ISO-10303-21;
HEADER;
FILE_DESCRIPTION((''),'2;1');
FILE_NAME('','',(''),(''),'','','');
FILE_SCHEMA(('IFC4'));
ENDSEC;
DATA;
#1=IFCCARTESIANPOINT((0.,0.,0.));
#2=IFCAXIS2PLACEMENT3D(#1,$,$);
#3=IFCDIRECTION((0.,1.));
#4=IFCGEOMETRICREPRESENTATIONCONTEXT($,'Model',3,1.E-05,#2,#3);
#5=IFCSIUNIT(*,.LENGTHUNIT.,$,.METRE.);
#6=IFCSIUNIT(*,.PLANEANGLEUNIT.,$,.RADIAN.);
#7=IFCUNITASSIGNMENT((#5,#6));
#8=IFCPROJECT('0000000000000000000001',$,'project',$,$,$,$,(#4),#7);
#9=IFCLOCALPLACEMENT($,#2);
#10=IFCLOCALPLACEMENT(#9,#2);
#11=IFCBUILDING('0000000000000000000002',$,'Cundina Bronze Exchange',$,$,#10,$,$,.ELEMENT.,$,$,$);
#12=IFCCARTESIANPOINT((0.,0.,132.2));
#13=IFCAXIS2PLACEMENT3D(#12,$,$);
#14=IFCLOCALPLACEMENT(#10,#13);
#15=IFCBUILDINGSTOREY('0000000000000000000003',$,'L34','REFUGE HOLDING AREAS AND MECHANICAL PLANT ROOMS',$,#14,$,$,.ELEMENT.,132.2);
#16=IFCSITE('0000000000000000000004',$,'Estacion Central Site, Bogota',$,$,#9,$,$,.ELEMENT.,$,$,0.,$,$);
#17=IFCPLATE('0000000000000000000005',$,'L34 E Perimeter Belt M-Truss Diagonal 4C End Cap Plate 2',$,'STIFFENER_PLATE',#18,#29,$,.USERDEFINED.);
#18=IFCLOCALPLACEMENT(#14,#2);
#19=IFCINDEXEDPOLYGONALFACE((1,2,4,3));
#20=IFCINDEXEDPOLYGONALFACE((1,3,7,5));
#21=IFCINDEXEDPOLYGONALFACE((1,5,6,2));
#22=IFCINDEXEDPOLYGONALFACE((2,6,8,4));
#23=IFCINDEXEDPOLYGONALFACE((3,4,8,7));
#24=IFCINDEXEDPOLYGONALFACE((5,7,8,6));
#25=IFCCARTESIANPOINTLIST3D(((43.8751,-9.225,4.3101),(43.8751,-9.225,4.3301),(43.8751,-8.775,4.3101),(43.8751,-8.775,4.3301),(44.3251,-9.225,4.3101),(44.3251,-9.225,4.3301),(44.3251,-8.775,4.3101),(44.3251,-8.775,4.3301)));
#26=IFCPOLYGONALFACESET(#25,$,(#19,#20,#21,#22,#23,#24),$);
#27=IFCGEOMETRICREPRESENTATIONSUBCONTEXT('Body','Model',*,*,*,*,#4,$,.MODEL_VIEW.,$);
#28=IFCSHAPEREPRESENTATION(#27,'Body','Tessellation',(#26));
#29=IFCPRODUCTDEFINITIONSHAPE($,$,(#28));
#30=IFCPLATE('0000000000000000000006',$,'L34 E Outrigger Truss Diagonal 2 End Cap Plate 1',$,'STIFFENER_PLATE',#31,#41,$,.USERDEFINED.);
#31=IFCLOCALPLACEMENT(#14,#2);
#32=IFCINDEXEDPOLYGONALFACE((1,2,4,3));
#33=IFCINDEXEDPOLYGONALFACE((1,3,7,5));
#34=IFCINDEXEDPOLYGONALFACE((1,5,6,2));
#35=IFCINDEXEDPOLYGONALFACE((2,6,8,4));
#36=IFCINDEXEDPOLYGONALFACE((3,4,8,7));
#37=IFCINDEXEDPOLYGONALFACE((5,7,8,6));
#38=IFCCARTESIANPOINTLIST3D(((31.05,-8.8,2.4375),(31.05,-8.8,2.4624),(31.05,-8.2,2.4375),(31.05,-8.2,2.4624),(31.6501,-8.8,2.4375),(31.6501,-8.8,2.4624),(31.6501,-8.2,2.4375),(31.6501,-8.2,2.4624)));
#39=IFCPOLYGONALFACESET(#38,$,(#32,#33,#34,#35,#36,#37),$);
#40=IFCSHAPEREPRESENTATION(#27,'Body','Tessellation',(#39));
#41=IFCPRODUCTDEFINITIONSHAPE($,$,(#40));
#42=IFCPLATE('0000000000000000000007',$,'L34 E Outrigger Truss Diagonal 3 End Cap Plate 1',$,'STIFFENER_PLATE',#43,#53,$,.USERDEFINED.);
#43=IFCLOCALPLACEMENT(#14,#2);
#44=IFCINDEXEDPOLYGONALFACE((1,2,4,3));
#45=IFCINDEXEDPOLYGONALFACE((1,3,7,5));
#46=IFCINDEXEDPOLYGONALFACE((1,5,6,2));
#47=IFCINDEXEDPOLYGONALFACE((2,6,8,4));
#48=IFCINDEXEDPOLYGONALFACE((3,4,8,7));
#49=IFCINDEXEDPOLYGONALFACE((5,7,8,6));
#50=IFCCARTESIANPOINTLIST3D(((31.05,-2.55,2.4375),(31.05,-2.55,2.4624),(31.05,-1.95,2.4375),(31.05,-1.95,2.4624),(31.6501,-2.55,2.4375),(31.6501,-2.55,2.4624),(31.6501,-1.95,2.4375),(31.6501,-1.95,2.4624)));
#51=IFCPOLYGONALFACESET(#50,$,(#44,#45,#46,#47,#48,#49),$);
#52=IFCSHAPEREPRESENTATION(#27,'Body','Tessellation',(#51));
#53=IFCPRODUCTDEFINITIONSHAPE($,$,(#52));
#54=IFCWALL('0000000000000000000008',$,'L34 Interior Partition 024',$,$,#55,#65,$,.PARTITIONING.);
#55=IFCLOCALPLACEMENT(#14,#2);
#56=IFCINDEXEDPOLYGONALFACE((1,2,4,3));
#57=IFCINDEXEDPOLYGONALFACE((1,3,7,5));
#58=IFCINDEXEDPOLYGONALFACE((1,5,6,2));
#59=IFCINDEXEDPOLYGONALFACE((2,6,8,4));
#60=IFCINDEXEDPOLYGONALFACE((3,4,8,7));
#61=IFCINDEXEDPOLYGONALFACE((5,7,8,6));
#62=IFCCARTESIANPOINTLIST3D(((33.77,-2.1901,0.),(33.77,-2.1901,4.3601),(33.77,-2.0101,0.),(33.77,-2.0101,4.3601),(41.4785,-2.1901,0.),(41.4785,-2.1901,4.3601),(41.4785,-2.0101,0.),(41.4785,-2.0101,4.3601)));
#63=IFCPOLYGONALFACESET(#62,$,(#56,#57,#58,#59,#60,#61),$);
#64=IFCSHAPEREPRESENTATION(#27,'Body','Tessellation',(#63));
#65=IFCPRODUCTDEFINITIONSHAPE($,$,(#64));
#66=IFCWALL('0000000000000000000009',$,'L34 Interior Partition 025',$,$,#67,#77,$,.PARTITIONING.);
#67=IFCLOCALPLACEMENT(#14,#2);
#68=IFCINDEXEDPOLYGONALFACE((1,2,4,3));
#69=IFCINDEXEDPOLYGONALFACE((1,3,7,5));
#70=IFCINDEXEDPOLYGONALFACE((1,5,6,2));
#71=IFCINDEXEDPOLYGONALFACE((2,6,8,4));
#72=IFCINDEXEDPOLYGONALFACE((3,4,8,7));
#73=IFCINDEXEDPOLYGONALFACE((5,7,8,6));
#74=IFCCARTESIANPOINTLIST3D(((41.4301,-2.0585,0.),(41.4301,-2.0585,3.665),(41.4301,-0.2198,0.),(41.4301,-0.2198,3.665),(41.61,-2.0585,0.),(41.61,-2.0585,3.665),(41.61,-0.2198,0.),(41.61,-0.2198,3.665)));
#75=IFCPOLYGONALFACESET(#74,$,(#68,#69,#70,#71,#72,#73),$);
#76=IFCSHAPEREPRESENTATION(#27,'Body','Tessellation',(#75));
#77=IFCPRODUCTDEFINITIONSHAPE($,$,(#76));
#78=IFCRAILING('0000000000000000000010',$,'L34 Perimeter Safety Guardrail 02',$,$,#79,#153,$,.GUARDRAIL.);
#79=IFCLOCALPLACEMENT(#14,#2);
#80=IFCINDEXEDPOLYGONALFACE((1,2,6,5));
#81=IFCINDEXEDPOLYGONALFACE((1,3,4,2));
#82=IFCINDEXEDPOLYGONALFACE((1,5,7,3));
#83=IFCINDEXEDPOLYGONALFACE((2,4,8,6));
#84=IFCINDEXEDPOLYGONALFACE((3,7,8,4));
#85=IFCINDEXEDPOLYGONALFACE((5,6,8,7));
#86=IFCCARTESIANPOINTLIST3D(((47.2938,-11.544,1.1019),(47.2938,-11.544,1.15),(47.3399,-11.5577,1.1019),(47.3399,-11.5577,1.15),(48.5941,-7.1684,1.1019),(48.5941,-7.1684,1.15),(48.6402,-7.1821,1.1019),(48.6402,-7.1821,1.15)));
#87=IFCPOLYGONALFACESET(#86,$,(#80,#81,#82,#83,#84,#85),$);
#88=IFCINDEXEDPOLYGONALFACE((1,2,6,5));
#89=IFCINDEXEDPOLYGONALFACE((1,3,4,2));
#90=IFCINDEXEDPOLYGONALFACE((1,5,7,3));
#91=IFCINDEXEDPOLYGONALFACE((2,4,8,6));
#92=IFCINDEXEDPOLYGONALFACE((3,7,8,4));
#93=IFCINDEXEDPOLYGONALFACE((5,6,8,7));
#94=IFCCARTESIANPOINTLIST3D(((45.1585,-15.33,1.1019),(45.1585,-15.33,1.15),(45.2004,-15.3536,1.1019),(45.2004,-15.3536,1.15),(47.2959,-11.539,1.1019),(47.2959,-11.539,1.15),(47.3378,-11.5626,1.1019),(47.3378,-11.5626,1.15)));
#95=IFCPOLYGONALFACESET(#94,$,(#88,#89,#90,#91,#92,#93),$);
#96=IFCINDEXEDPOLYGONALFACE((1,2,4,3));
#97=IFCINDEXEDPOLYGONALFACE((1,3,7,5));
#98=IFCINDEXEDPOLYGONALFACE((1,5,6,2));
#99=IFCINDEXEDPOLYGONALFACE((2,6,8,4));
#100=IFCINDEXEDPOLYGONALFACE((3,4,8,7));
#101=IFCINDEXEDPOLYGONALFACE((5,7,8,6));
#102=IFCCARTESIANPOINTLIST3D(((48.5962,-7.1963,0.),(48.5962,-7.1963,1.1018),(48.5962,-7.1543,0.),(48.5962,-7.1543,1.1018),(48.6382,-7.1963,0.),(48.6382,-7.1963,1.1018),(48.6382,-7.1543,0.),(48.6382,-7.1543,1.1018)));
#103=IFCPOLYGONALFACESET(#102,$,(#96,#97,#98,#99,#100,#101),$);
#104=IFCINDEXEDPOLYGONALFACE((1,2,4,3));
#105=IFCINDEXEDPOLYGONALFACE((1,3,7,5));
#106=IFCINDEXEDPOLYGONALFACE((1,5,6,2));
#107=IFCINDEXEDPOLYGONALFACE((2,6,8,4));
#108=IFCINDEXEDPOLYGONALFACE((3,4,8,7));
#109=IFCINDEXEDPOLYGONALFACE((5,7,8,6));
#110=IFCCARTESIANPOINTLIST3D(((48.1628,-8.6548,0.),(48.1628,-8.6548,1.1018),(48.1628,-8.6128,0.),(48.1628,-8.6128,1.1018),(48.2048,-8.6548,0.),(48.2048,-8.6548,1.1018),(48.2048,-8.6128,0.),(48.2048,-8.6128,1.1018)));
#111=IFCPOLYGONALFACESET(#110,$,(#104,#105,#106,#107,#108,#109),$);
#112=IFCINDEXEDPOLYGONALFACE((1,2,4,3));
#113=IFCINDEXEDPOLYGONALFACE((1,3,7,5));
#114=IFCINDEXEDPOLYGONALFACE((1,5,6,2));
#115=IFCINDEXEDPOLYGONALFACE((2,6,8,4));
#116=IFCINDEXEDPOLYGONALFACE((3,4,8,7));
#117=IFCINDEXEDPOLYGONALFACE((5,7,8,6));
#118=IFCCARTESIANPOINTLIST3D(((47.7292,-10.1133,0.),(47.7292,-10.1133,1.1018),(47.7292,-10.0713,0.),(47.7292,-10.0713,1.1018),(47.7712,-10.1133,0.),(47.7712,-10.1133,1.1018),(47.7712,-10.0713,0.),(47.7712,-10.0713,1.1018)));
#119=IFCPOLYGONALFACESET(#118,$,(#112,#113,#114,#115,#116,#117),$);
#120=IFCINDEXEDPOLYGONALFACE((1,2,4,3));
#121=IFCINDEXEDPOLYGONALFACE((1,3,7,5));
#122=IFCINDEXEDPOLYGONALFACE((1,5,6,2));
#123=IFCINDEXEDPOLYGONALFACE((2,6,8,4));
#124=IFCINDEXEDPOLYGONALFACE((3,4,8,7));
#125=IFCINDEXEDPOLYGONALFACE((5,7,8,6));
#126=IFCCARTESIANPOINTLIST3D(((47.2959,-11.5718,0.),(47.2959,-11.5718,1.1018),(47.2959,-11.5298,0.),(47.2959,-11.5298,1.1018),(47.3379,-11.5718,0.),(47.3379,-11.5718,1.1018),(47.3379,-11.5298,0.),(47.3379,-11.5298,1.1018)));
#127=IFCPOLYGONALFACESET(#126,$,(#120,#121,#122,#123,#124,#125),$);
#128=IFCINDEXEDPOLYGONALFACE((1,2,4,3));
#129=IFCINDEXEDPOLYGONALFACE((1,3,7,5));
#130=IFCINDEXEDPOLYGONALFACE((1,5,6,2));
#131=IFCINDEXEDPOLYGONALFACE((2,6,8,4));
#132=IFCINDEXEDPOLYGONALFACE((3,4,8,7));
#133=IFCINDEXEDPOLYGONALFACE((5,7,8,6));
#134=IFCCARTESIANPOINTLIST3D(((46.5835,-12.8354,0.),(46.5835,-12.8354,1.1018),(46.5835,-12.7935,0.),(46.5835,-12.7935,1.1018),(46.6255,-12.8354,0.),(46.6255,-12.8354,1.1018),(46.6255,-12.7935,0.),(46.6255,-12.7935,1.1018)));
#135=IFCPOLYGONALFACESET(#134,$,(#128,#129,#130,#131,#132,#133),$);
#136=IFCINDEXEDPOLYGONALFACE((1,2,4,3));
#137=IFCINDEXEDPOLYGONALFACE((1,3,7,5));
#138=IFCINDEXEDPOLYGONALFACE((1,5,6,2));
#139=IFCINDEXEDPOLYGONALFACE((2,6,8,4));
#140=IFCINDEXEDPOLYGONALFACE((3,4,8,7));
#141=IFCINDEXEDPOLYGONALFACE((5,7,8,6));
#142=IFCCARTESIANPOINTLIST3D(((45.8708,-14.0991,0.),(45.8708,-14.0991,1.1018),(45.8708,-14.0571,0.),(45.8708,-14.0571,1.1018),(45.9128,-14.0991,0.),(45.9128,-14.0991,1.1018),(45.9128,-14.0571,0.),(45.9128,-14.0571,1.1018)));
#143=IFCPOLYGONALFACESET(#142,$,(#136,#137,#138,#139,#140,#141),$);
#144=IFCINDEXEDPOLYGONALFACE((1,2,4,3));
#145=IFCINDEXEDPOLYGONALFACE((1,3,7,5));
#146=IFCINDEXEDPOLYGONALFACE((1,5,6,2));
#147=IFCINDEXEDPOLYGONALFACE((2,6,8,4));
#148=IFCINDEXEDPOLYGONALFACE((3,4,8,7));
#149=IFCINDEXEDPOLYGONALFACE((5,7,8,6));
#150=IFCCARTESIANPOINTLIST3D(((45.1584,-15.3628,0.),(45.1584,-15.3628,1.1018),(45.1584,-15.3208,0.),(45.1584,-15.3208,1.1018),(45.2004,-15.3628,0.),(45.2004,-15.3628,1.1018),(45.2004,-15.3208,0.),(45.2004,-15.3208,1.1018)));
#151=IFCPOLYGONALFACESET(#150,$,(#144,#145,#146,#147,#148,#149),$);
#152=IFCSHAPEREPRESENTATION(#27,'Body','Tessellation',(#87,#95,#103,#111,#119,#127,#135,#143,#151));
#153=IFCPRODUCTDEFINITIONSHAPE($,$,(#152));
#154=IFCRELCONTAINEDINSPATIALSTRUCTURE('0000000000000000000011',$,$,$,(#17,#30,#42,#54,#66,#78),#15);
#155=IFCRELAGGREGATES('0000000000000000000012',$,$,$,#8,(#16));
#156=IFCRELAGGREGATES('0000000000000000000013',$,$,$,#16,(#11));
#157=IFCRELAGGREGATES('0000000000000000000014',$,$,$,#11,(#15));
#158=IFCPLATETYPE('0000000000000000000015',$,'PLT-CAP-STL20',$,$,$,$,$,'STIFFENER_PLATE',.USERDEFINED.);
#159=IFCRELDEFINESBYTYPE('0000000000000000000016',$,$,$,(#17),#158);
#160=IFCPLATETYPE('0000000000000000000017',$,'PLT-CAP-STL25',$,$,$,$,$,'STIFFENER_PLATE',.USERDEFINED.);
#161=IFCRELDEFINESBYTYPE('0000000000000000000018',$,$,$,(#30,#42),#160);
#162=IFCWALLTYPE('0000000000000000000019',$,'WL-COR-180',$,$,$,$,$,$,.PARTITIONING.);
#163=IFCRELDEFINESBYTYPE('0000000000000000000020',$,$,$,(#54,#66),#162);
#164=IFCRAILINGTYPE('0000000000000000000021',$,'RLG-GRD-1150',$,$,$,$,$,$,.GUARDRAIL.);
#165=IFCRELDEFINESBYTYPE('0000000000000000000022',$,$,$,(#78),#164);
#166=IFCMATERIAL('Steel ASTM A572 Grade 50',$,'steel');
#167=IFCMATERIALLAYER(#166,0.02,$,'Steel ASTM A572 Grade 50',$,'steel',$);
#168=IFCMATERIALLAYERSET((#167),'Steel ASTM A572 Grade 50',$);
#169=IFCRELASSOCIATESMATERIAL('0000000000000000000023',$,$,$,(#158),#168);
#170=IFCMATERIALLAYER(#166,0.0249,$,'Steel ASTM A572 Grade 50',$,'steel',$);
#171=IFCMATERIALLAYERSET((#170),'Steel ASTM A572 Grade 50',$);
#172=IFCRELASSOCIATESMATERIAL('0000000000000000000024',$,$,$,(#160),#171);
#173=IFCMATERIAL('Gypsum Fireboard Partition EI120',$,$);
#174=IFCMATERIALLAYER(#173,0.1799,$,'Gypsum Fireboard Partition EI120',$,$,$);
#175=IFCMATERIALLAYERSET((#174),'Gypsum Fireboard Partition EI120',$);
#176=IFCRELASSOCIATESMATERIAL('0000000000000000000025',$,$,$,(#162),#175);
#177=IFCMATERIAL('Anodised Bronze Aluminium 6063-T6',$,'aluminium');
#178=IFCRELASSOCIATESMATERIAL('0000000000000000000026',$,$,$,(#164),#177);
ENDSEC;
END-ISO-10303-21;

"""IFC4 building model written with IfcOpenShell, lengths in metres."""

from ifc_helpers import new_model, si_unit, direction, frame, frame_2d, origin, origin_2d, place, context, subcontext, project, spatial, rectangle, extrude, material, layer, layer_set, type_object, element, save


model = new_model("IFC4")

# Units and contexts
model_context = context("Model", 3, precision=1e-05, world=origin(), true_north=direction((0.0, 1.0)))
body_context = subcontext(model_context, "Body", "Model", "MODEL_VIEW")
ifc_project = project(units=[si_unit("LENGTHUNIT", "METRE"), si_unit("PLANEANGLEUNIT", "RADIAN")], contexts=[model_context])

# Site, building, storey
site_placement = place(None, origin())
site = spatial("IfcSite", under=ifc_project, at=site_placement, Name="Estacion Central Site, Bogota", CompositionType="ELEMENT", RefElevation=0.0)
building_placement = place(site_placement, origin())
building = spatial("IfcBuilding", under=site, at=building_placement, Name="Cundina Bronze Exchange", CompositionType="ELEMENT")
storey_placement = place(building_placement, frame((0.0, 0.0, 132.2)))
storey = spatial("IfcBuildingStorey", under=building, at=storey_placement, Name="L34", Description="REFUGE HOLDING AREAS AND MECHANICAL PLANT ROOMS", CompositionType="ELEMENT", Elevation=132.2)

# Plates
ifc_material_1 = material(Name="Steel ASTM A572 Grade 50", Category="steel")
ifc_layer_1 = layer(ifc_material_1, 0.02, Name="Steel ASTM A572 Grade 50", Category="steel")
ifc_layer_set_1 = layer_set([ifc_layer_1], Name="Steel ASTM A572 Grade 50")
plate_type_1 = type_object("IfcPlateType", Name="PLT-CAP-STL20", ElementType="STIFFENER_PLATE", PredefinedType="USERDEFINED", material=ifc_layer_set_1)
for number, where, z_axis, x_axis, name in (
    (1, (44.1001, -9.0, 4.3101), (0.0, 0.0, 1.0), (1.0, 0.0, 0.0), "L34 E Perimeter Belt M-Truss Diagonal 4C End Cap Plate 2"),
):
    element("IfcPlate", number, at=place(storey_placement, frame(where, z_axis=z_axis, x_axis=x_axis)), inside=storey, type_object=plate_type_1, Name=name, ObjectType="STIFFENER_PLATE", PredefinedType="USERDEFINED", context=body_context, shape_type="SweptSolid", body=[
        extrude(rectangle(XDim=0.45, YDim=0.45, at=origin_2d()), origin(), (0.0, 0.0, 1.0), 0.02),
    ])
ifc_layer_2 = layer(ifc_material_1, 0.0249, Name="Steel ASTM A572 Grade 50", Category="steel")
ifc_layer_set_2 = layer_set([ifc_layer_2], Name="Steel ASTM A572 Grade 50")
plate_type_2 = type_object("IfcPlateType", Name="PLT-CAP-STL25", ElementType="STIFFENER_PLATE", PredefinedType="USERDEFINED", material=ifc_layer_set_2)
for number, where, z_axis, x_axis, name in (
    (2, (31.3501, -8.5, 2.4375), (0.0, 0.0, 1.0), (1.0, 0.0, 0.0), "L34 E Outrigger Truss Diagonal 2 End Cap Plate 1"),
    (3, (31.3501, -2.25, 2.4375), (0.0, 0.0, 1.0), (1.0, 0.0, 0.0), "L34 E Outrigger Truss Diagonal 3 End Cap Plate 1"),
):
    element("IfcPlate", number, at=place(storey_placement, frame(where, z_axis=z_axis, x_axis=x_axis)), inside=storey, type_object=plate_type_2, Name=name, ObjectType="STIFFENER_PLATE", PredefinedType="USERDEFINED", context=body_context, shape_type="SweptSolid", body=[
        extrude(rectangle(XDim=0.6001, YDim=0.6001, at=origin_2d()), origin(), (0.0, 0.0, 1.0), 0.0249),
    ])

# Walls
ifc_material_2 = material(Name="Gypsum Fireboard Partition EI120")
ifc_layer_3 = layer(ifc_material_2, 0.1799, Name="Gypsum Fireboard Partition EI120")
ifc_layer_set_3 = layer_set([ifc_layer_3], Name="Gypsum Fireboard Partition EI120")
wall_type = type_object("IfcWallType", Name="WL-COR-180", PredefinedType="PARTITIONING", material=ifc_layer_set_3)
wall_1_placement = place(storey_placement, frame((33.77, -2.1001, 0.0), z_axis=(0.0, 0.0, 1.0), x_axis=(1.0, 0.0, 0.0)))
element("IfcWall", 4, at=wall_1_placement, inside=storey, type_object=wall_type, Name="L34 Interior Partition 024", PredefinedType="PARTITIONING", context=body_context, shape_type="SweptSolid", body=[
    extrude(rectangle(XDim=7.7085, YDim=0.1799, at=frame_2d((3.8542, 0.0))), origin(), (0.0, 0.0, 1.0), 4.3601),
])
wall_2_placement = place(storey_placement, frame((41.52, -2.0586, 0.0), z_axis=(0.0, 0.0, 1.0), x_axis=(0.0, 1.0, 0.0)))
element("IfcWall", 5, at=wall_2_placement, inside=storey, type_object=wall_type, Name="L34 Interior Partition 025", PredefinedType="PARTITIONING", context=body_context, shape_type="SweptSolid", body=[
    extrude(rectangle(XDim=1.8386, YDim=0.1799, at=frame_2d((0.9194, 0.0))), origin(), (0.0, 0.0, 1.0), 3.665),
])

# Railing
ifc_material_3 = material(Name="Anodised Bronze Aluminium 6063-T6", Category="aluminium")
railing_type = type_object("IfcRailingType", Name="RLG-GRD-1150", PredefinedType="GUARDRAIL", material=ifc_material_3)
railing_placement = place(storey_placement, frame((48.6172, -7.1753, 0.0)))
element("IfcRailing", 6, at=railing_placement, inside=storey, type_object=railing_type, Name="L34 Perimeter Safety Guardrail 02", PredefinedType="GUARDRAIL", context=body_context, shape_type="SweptSolid", body=[
    extrude(rectangle(XDim=0.0481, YDim=0.0481, at=origin_2d()), frame((0.0, 0.0, 1.126), z_axis=(-0.284864, -0.958568, 0.0), x_axis=(0.958568, -0.284864, 0.0)), (0.0, 0.0, 1.0), 4.5647),
    extrude(rectangle(XDim=0.0481, YDim=0.0481, at=origin_2d()), frame((-1.3003, -4.3755, 1.126), z_axis=(-0.491135, -0.871084, 0.0), x_axis=(0.871084, -0.491135, 0.0)), (0.0, 0.0, 1.0), 4.3521),
    extrude(rectangle(XDim=0.042, YDim=0.042, at=origin_2d()), origin(), (0.0, 0.0, 1.0), 1.1018),
    extrude(rectangle(XDim=0.042, YDim=0.042, at=origin_2d()), frame((-0.4333, -1.4585, 0.0)), (0.0, 0.0, 1.0), 1.1018),
    extrude(rectangle(XDim=0.042, YDim=0.042, at=origin_2d()), frame((-0.8669, -2.917, 0.0)), (0.0, 0.0, 1.0), 1.1018),
    extrude(rectangle(XDim=0.042, YDim=0.042, at=origin_2d()), frame((-1.3003, -4.3755, 0.0)), (0.0, 0.0, 1.0), 1.1018),
    extrude(rectangle(XDim=0.042, YDim=0.042, at=origin_2d()), frame((-2.0127, -5.6392, 0.0)), (0.0, 0.0, 1.0), 1.1018),
    extrude(rectangle(XDim=0.042, YDim=0.042, at=origin_2d()), frame((-2.7253, -6.9028, 0.0)), (0.0, 0.0, 1.0), 1.1018),
    extrude(rectangle(XDim=0.042, YDim=0.042, at=origin_2d()), frame((-3.4377, -8.1665, 0.0)), (0.0, 0.0, 1.0), 1.1018),
])

save(model, "model.ifc")
